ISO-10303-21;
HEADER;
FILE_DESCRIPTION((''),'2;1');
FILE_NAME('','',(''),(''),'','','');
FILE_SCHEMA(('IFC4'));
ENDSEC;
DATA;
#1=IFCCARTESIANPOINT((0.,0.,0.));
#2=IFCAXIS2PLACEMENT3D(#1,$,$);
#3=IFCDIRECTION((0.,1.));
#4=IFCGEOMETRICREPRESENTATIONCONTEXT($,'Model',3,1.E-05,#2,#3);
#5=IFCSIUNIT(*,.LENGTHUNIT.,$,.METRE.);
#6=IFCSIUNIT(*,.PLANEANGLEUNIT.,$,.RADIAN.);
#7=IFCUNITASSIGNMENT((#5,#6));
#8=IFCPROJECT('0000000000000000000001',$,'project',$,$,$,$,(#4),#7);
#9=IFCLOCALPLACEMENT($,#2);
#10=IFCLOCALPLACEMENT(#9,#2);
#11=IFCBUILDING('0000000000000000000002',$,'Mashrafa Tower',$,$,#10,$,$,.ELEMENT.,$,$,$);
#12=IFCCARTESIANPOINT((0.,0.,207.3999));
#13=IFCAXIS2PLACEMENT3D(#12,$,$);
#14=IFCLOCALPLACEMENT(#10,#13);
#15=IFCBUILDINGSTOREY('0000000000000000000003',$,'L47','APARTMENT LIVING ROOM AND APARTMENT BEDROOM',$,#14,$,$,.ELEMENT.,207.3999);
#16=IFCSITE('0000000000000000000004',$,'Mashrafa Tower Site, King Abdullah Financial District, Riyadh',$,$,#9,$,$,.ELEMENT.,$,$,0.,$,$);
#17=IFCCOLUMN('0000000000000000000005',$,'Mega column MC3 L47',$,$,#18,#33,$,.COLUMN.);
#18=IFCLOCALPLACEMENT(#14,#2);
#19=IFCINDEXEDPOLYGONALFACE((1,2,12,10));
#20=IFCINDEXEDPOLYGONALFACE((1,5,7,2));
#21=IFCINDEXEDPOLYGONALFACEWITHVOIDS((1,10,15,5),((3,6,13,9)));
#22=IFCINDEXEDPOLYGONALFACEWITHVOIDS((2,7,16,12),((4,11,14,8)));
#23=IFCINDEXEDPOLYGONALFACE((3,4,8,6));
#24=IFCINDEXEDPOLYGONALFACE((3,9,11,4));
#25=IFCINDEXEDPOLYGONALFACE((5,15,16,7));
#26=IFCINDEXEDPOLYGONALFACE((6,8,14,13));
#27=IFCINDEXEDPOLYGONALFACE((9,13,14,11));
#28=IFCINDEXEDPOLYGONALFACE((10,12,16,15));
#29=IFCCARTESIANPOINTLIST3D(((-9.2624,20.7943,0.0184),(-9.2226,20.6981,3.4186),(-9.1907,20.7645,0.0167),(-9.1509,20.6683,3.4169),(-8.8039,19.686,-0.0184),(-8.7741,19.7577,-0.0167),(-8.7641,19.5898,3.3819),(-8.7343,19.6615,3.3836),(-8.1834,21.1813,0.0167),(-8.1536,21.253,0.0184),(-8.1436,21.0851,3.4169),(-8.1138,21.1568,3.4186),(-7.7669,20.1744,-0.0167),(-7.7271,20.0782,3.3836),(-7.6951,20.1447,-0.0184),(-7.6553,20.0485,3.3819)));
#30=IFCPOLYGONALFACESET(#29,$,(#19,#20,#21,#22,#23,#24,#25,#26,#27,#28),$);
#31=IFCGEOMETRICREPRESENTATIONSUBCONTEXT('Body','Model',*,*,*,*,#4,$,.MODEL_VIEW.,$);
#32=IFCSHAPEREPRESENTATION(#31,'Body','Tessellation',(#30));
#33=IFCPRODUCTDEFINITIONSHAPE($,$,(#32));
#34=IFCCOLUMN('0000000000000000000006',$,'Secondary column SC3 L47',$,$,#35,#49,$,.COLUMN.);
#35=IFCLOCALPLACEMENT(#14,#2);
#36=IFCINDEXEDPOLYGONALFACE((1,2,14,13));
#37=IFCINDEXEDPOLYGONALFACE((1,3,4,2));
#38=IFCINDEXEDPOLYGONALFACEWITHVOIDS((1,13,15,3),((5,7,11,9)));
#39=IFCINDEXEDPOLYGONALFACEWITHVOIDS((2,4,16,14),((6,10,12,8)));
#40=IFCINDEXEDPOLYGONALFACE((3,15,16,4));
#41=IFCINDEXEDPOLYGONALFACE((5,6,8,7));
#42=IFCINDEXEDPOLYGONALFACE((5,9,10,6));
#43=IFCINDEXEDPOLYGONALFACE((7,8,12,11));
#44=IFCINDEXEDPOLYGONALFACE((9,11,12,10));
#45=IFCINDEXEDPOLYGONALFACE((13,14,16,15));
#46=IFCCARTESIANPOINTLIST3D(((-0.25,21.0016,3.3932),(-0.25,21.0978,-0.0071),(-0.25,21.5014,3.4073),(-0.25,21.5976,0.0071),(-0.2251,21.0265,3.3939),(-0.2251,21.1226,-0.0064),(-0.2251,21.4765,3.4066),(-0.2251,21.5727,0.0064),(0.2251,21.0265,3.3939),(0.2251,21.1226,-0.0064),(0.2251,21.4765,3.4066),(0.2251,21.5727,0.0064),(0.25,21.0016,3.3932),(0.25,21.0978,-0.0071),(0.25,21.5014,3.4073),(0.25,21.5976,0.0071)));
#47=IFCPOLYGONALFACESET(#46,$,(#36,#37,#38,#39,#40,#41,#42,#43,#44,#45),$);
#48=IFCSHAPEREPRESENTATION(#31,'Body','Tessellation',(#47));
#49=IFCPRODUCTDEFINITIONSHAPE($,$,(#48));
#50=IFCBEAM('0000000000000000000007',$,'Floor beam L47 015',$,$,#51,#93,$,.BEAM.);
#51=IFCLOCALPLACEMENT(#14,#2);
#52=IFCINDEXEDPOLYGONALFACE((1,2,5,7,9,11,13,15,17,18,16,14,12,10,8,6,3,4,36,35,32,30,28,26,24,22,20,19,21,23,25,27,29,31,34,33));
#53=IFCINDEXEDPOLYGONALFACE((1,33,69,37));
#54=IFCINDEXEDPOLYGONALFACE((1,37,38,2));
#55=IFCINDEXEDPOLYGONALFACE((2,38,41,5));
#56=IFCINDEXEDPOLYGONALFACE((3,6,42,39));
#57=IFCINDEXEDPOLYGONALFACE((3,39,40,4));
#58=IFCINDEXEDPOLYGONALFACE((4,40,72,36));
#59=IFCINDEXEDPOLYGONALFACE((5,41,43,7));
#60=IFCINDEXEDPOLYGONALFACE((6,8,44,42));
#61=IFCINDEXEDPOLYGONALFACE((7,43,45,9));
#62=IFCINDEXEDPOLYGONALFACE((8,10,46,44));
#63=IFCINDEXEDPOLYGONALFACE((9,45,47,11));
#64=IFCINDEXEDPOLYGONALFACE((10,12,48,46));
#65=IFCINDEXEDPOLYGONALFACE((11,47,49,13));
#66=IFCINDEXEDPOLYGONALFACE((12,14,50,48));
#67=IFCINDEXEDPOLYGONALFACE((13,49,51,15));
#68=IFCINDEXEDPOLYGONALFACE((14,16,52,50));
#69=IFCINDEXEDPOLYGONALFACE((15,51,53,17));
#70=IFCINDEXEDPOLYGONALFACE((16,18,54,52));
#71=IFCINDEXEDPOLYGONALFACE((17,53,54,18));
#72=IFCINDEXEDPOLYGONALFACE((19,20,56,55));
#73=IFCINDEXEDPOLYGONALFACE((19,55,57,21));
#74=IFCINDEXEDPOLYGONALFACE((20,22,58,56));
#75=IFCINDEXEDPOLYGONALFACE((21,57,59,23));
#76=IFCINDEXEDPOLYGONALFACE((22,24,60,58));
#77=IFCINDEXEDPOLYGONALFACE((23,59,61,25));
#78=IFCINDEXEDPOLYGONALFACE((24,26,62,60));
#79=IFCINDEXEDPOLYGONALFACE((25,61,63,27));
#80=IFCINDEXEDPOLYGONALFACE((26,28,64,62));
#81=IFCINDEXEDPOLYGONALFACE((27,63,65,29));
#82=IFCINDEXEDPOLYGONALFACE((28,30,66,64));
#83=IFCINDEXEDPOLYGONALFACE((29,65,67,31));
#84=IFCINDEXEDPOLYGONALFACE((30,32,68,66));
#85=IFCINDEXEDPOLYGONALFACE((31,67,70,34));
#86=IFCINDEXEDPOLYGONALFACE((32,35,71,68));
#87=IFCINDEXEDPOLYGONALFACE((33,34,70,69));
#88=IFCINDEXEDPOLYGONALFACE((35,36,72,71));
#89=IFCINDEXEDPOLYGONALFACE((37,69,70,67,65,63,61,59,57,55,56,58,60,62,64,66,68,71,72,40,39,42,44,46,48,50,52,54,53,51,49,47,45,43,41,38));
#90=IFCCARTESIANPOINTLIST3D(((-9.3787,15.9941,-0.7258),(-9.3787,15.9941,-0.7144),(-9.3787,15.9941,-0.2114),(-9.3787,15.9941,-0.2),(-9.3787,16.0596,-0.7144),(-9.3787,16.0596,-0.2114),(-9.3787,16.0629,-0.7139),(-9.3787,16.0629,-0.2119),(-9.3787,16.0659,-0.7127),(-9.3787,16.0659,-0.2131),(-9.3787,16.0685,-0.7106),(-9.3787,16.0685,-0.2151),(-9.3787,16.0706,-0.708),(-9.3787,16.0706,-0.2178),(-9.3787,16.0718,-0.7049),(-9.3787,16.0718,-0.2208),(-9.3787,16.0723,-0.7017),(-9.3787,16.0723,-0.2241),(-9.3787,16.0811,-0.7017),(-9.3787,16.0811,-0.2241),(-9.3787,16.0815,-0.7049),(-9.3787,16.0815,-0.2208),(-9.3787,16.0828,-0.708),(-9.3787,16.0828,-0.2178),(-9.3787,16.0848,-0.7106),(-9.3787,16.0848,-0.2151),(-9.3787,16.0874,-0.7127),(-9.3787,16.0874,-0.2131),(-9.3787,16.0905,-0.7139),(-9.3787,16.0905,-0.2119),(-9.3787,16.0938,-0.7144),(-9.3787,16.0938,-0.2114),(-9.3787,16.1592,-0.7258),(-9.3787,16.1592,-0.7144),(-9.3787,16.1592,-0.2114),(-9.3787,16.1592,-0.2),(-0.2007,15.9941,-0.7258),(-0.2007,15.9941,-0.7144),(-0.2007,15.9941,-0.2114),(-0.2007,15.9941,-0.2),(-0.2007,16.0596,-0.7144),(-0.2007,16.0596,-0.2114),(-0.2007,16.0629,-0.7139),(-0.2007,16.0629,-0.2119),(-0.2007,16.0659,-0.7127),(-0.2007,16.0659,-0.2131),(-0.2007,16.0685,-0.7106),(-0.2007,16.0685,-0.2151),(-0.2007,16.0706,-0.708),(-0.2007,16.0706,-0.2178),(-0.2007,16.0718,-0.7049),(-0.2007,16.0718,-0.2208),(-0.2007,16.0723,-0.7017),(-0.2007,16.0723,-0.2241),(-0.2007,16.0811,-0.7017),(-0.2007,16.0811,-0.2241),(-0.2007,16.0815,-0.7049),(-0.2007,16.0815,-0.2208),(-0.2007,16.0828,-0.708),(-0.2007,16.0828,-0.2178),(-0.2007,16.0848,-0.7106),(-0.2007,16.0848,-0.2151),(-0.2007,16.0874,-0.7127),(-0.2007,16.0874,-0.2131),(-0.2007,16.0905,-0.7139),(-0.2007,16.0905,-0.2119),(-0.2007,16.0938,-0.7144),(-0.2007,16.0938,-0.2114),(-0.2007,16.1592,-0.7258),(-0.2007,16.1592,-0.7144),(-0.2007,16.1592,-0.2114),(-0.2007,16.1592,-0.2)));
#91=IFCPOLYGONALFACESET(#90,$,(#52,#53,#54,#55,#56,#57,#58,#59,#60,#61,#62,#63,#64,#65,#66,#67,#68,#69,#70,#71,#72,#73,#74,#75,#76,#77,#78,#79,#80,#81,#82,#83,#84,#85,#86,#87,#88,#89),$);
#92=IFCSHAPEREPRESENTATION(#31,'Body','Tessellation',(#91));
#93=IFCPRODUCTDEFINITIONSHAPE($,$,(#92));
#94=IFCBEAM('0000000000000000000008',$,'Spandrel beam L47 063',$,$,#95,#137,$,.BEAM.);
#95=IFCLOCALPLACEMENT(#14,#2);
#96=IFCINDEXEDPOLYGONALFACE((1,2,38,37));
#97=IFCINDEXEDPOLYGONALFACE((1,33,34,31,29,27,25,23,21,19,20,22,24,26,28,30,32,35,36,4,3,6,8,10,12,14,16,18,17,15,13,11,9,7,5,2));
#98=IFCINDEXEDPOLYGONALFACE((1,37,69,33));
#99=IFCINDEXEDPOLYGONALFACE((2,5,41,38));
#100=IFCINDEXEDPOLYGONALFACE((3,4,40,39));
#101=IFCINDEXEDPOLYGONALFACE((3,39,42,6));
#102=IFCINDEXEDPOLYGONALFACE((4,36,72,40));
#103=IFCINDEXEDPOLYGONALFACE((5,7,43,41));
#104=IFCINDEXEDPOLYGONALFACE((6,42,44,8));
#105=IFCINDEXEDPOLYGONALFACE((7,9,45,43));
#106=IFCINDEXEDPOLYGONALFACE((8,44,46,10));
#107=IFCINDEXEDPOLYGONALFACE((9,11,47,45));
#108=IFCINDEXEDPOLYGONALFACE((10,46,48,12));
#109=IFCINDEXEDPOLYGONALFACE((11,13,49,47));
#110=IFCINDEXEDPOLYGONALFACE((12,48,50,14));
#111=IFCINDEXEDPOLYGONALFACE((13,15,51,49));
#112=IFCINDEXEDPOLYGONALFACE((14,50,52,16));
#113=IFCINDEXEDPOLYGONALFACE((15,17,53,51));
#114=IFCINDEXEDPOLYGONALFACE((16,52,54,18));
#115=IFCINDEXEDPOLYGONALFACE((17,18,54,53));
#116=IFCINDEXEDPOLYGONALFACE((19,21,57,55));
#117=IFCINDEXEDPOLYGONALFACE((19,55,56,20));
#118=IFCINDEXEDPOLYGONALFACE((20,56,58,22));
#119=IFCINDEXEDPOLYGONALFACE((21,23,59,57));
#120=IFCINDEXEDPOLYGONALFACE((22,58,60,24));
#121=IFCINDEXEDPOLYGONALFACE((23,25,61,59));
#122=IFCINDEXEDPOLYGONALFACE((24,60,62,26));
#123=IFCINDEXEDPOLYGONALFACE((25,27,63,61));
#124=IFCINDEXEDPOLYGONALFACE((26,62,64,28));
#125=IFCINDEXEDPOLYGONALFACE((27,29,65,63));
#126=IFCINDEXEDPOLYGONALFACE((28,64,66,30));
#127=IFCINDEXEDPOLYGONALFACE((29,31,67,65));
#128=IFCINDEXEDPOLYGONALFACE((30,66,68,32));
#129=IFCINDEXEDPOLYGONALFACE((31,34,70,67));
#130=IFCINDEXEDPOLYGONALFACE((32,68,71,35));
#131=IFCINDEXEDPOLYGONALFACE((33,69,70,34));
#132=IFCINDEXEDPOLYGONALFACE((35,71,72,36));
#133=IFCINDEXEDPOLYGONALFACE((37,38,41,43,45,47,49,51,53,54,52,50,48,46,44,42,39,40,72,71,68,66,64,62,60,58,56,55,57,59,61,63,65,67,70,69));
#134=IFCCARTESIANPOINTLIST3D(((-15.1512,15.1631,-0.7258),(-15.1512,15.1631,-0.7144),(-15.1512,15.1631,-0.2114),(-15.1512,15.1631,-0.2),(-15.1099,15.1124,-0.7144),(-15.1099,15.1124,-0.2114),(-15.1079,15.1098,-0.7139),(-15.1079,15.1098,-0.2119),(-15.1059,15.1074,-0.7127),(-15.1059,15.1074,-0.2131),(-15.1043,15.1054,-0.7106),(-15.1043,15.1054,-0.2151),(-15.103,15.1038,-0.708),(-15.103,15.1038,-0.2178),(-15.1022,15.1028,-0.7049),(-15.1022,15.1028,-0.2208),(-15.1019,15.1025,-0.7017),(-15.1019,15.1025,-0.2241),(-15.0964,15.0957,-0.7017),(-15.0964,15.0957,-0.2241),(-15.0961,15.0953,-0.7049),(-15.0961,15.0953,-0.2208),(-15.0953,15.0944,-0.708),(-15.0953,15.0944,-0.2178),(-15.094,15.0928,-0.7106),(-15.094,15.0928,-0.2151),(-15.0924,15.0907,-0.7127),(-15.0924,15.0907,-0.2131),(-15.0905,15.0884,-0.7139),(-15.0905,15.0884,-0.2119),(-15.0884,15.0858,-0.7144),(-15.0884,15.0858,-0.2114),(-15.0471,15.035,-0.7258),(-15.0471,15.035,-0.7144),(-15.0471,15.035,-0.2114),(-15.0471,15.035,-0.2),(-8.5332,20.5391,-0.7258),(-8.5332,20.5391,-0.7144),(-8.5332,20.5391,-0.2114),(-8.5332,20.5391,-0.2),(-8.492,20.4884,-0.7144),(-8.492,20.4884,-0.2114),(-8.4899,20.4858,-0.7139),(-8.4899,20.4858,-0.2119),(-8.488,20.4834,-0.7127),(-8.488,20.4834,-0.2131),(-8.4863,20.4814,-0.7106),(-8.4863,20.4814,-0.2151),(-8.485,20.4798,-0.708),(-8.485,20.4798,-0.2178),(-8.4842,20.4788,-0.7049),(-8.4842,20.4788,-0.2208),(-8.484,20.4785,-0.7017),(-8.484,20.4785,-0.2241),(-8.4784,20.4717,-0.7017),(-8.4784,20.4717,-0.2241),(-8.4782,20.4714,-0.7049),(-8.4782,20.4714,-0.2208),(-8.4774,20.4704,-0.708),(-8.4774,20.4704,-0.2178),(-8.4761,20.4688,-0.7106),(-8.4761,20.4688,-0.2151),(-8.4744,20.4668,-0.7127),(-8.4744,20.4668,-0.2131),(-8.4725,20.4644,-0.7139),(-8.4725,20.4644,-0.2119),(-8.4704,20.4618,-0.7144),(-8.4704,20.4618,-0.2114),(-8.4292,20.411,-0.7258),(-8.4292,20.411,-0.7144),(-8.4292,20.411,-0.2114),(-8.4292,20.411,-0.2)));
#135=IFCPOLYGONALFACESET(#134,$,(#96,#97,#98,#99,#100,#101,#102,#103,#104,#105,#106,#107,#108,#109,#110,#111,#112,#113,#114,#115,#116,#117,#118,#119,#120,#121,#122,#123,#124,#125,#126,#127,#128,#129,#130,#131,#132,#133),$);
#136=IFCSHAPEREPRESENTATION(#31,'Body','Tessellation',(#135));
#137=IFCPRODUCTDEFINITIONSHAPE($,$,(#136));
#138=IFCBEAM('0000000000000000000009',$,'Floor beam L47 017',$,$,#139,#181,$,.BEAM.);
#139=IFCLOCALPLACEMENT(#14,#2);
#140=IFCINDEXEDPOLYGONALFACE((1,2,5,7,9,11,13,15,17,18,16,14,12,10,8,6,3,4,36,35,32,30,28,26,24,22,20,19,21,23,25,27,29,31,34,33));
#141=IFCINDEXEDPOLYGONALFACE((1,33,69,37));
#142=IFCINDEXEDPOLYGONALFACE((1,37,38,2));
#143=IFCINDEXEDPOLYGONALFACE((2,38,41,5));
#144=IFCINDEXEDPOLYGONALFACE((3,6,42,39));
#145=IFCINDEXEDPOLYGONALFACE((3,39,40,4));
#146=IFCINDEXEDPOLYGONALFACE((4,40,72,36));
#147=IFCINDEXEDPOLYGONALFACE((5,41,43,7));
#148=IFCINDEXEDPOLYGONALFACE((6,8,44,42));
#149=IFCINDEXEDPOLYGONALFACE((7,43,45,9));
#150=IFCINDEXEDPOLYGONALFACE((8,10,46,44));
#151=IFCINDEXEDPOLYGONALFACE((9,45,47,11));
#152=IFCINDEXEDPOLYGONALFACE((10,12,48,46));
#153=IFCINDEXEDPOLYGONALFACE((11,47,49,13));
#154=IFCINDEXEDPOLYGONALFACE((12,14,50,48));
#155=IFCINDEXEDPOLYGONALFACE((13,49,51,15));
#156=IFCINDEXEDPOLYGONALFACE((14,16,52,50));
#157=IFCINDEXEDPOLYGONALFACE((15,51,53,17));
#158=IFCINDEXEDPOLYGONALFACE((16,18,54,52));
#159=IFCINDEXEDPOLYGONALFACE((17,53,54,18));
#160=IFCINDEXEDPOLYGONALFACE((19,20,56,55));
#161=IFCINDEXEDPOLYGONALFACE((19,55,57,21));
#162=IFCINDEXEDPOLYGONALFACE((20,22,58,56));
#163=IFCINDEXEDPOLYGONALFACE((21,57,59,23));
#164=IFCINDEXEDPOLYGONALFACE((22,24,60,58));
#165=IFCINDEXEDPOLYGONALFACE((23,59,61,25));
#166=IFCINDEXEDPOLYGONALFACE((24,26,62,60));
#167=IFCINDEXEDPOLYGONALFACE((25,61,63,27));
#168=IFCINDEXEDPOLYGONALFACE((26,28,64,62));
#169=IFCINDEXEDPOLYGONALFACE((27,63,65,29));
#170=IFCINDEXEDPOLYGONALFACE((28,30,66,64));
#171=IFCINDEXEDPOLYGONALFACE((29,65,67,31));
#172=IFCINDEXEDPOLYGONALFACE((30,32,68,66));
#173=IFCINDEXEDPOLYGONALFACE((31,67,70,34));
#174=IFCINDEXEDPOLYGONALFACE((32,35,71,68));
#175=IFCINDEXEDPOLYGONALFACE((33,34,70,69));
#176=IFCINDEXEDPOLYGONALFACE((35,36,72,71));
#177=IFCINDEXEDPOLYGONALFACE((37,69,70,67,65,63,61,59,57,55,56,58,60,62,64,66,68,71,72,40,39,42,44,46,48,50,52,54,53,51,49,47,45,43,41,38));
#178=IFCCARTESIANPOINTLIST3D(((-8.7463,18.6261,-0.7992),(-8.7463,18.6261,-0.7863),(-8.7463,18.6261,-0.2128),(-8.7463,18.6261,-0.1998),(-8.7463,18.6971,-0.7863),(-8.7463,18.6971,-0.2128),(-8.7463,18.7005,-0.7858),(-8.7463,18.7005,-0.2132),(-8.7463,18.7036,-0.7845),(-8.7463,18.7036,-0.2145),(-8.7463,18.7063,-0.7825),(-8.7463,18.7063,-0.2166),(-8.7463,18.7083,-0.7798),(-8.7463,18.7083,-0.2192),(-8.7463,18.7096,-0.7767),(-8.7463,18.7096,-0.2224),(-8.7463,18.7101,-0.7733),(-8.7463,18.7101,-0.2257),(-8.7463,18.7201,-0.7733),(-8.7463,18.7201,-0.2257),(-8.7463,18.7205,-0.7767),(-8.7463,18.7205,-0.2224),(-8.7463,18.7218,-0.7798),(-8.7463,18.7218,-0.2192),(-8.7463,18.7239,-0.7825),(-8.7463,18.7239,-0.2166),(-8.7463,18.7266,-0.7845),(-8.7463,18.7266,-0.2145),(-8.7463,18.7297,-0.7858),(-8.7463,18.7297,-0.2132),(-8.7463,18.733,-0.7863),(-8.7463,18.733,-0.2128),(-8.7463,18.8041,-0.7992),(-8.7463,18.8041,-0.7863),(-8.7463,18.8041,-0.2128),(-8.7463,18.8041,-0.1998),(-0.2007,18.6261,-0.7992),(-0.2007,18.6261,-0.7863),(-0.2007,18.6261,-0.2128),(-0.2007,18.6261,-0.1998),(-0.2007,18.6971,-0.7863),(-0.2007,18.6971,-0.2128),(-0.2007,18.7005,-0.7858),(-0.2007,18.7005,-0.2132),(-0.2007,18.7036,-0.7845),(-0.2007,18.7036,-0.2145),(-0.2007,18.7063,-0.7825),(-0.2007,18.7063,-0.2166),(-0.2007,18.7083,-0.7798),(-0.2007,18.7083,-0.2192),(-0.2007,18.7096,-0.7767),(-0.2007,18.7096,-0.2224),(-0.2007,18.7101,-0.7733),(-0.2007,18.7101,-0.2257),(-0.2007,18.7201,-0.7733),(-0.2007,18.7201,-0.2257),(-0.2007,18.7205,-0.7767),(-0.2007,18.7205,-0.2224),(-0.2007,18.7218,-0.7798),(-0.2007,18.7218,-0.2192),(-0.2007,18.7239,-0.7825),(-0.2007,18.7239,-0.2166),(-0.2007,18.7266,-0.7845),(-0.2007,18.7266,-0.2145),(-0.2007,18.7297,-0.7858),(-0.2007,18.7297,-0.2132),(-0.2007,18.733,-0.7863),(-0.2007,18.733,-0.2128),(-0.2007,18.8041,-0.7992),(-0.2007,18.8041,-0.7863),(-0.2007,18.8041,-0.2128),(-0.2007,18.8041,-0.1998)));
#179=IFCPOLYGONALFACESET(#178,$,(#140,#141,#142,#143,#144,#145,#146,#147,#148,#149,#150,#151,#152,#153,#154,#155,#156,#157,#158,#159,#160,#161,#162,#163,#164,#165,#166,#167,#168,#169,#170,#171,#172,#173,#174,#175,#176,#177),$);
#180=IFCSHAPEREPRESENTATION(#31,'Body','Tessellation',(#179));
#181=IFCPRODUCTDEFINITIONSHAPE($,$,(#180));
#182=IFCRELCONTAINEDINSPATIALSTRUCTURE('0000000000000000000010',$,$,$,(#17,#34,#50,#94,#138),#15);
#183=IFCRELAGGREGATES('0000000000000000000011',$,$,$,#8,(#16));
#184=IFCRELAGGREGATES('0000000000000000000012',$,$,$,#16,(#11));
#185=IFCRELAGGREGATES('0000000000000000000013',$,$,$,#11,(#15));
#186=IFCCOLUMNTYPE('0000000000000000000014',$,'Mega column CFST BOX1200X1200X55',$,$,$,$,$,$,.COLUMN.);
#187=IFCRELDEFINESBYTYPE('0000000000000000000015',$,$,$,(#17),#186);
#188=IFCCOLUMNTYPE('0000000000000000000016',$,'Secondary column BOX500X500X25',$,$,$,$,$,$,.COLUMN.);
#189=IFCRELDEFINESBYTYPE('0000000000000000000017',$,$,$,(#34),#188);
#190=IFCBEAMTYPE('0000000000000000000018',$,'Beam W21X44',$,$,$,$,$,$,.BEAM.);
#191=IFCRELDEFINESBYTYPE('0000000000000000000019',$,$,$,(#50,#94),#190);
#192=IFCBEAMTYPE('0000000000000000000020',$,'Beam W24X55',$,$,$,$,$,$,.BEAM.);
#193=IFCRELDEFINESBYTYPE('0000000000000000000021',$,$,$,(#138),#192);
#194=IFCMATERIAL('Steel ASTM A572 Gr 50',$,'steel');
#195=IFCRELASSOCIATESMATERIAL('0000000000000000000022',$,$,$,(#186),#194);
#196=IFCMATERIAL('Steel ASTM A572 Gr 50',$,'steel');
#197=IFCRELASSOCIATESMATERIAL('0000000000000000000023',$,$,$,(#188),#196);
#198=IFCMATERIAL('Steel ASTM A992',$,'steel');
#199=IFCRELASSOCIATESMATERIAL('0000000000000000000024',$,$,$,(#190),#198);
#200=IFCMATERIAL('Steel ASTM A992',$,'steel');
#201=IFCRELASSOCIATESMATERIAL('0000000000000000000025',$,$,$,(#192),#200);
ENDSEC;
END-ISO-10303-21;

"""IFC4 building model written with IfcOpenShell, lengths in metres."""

from ifc_helpers import new_model, si_unit, direction, frame, origin, origin_2d, place, context, subcontext, project, spatial, hollow_rectangle, i_section, extrude, material, material_profile, profile_set, type_object, element, save


model = new_model("IFC4")

# Units and contexts
model_context = context("Model", 3, precision=1e-05, world=origin(), true_north=direction((0.0, 1.0)))
body_context = subcontext(model_context, "Body", "Model", "MODEL_VIEW")
ifc_project = project(units=[si_unit("LENGTHUNIT", "METRE"), si_unit("PLANEANGLEUNIT", "RADIAN")], contexts=[model_context])

# Site, building, storey
site_placement = place(None, origin())
site = spatial("IfcSite", under=ifc_project, at=site_placement, Name="Mashrafa Tower Site, King Abdullah Financial District, Riyadh", CompositionType="ELEMENT", RefElevation=0.0)
building_placement = place(site_placement, origin())
building = spatial("IfcBuilding", under=site, at=building_placement, Name="Mashrafa Tower", CompositionType="ELEMENT")
storey_placement = place(building_placement, frame((0.0, 0.0, 207.3999)))
storey = spatial("IfcBuildingStorey", under=building, at=storey_placement, Name="L47", Description="APARTMENT LIVING ROOM AND APARTMENT BEDROOM", CompositionType="ELEMENT", Elevation=207.3999)

# Columns
ifc_material_1 = material(Name="Steel ASTM A572 Gr 50", Category="steel")
ifc_material_profile_1 = material_profile(ifc_material_1, hollow_rectangle(XDim=1.2, YDim=1.2, WallThickness=0.0549, at=origin_2d()), Name="BOX1200X1200X55")
ifc_profile_set_1 = profile_set([ifc_material_profile_1], Name="Steel ASTM A572 Gr 50")
column_type_1 = type_object("IfcColumnType", Name="Mega column CFST BOX1200X1200X55", PredefinedType="COLUMN", material=ifc_profile_set_1)
column_1_placement = place(storey_placement, frame((-8.4788, 20.4695, 0.0), z_axis=(0.011698, -0.028277, 0.999532), x_axis=(0.924045, 0.382283, 0.0)))
element("IfcColumn", 1, at=column_1_placement, inside=storey, type_object=column_type_1, Name="Mega column MC3 L47", PredefinedType="COLUMN", context=body_context, shape_type="SweptSolid", body=[
    extrude(hollow_rectangle(XDim=1.2, YDim=1.2, WallThickness=0.0549, at=origin_2d()), origin(), (0.0, 0.0, 1.0), 3.4019),
])
ifc_material_2 = material(Name="Steel ASTM A572 Gr 50", Category="steel")
ifc_material_profile_2 = material_profile(ifc_material_2, hollow_rectangle(XDim=0.5, YDim=0.5, WallThickness=0.0249, at=origin_2d()), Name="BOX500X500X25")
ifc_profile_set_2 = profile_set([ifc_material_profile_2], Name="Steel ASTM A572 Gr 50")
column_type_2 = type_object("IfcColumnType", Name="Secondary column BOX500X500X25", PredefinedType="COLUMN", material=ifc_profile_set_2)
column_2_placement = place(storey_placement, frame((0.0, 21.3477, 0.0), z_axis=(0.0, -0.028279, 0.9996), x_axis=(1.0, 0.0, 0.0)))
element("IfcColumn", 2, at=column_2_placement, inside=storey, type_object=column_type_2, Name="Secondary column SC3 L47", PredefinedType="COLUMN", context=body_context, shape_type="SweptSolid", body=[
    extrude(hollow_rectangle(XDim=0.5, YDim=0.5, WallThickness=0.0249, at=origin_2d()), origin(), (0.0, 0.0, 1.0), 3.4016),
])

# Beams
ifc_material_3 = material(Name="Steel ASTM A992", Category="steel")
ifc_material_profile_3 = material_profile(ifc_material_3, i_section(OverallWidth=0.165, OverallDepth=0.5259, WebThickness=0.0088, FlangeThickness=0.0115, FilletRadius=0.0127, at=origin_2d()), Name="W21X44")
ifc_profile_set_3 = profile_set([ifc_material_profile_3], Name="Steel ASTM A992")
beam_type_1 = type_object("IfcBeamType", Name="Beam W21X44", PredefinedType="BEAM", material=ifc_profile_set_3)
beam_1_placement = place(storey_placement, frame((-9.3787, 16.0767, -0.4629), z_axis=(1.0, 0.0, 0.0), x_axis=(0.0, 1.0, 0.0)))
element("IfcBeam", 3, at=beam_1_placement, inside=storey, type_object=beam_type_1, Name="Floor beam L47 015", PredefinedType="BEAM", context=body_context, shape_type="SweptSolid", body=[
    extrude(i_section(OverallWidth=0.165, OverallDepth=0.5259, WebThickness=0.0088, FlangeThickness=0.0115, FilletRadius=0.0127, at=origin_2d()), origin(), (0.0, 0.0, 1.0), 9.178),
])
beam_2_placement = place(storey_placement, frame((-8.4812, 20.4751, -0.4629), z_axis=(-0.776176, -0.630516, 0.0), x_axis=(0.630516, -0.776176, 0.0)))
element("IfcBeam", 4, at=beam_2_placement, inside=storey, type_object=beam_type_1, Name="Spandrel beam L47 063", PredefinedType="BEAM", context=body_context, shape_type="SweptSolid", body=[
    extrude(i_section(OverallWidth=0.165, OverallDepth=0.5259, WebThickness=0.0088, FlangeThickness=0.0115, FilletRadius=0.0127, at=origin_2d()), origin(), (0.0, 0.0, 1.0), 8.5264),
])
ifc_material_4 = material(Name="Steel ASTM A992", Category="steel")
ifc_material_profile_4 = material_profile(ifc_material_4, i_section(OverallWidth=0.178, OverallDepth=0.5994, WebThickness=0.01, FlangeThickness=0.0129, FilletRadius=0.0129, at=origin_2d()), Name="W24X55")
ifc_profile_set_4 = profile_set([ifc_material_profile_4], Name="Steel ASTM A992")
beam_type_2 = type_object("IfcBeamType", Name="Beam W24X55", PredefinedType="BEAM", material=ifc_profile_set_4)
beam_3_placement = place(storey_placement, frame((-8.7463, 18.7151, -0.4995), z_axis=(1.0, 0.0, 0.0), x_axis=(0.0, 1.0, 0.0)))
element("IfcBeam", 5, at=beam_3_placement, inside=storey, type_object=beam_type_2, Name="Floor beam L47 017", PredefinedType="BEAM", context=body_context, shape_type="SweptSolid", body=[
    extrude(i_section(OverallWidth=0.178, OverallDepth=0.5994, WebThickness=0.01, FlangeThickness=0.0129, FilletRadius=0.0129, at=origin_2d()), origin(), (0.0, 0.0, 1.0), 8.5457),
])

save(model, "model.ifc")
